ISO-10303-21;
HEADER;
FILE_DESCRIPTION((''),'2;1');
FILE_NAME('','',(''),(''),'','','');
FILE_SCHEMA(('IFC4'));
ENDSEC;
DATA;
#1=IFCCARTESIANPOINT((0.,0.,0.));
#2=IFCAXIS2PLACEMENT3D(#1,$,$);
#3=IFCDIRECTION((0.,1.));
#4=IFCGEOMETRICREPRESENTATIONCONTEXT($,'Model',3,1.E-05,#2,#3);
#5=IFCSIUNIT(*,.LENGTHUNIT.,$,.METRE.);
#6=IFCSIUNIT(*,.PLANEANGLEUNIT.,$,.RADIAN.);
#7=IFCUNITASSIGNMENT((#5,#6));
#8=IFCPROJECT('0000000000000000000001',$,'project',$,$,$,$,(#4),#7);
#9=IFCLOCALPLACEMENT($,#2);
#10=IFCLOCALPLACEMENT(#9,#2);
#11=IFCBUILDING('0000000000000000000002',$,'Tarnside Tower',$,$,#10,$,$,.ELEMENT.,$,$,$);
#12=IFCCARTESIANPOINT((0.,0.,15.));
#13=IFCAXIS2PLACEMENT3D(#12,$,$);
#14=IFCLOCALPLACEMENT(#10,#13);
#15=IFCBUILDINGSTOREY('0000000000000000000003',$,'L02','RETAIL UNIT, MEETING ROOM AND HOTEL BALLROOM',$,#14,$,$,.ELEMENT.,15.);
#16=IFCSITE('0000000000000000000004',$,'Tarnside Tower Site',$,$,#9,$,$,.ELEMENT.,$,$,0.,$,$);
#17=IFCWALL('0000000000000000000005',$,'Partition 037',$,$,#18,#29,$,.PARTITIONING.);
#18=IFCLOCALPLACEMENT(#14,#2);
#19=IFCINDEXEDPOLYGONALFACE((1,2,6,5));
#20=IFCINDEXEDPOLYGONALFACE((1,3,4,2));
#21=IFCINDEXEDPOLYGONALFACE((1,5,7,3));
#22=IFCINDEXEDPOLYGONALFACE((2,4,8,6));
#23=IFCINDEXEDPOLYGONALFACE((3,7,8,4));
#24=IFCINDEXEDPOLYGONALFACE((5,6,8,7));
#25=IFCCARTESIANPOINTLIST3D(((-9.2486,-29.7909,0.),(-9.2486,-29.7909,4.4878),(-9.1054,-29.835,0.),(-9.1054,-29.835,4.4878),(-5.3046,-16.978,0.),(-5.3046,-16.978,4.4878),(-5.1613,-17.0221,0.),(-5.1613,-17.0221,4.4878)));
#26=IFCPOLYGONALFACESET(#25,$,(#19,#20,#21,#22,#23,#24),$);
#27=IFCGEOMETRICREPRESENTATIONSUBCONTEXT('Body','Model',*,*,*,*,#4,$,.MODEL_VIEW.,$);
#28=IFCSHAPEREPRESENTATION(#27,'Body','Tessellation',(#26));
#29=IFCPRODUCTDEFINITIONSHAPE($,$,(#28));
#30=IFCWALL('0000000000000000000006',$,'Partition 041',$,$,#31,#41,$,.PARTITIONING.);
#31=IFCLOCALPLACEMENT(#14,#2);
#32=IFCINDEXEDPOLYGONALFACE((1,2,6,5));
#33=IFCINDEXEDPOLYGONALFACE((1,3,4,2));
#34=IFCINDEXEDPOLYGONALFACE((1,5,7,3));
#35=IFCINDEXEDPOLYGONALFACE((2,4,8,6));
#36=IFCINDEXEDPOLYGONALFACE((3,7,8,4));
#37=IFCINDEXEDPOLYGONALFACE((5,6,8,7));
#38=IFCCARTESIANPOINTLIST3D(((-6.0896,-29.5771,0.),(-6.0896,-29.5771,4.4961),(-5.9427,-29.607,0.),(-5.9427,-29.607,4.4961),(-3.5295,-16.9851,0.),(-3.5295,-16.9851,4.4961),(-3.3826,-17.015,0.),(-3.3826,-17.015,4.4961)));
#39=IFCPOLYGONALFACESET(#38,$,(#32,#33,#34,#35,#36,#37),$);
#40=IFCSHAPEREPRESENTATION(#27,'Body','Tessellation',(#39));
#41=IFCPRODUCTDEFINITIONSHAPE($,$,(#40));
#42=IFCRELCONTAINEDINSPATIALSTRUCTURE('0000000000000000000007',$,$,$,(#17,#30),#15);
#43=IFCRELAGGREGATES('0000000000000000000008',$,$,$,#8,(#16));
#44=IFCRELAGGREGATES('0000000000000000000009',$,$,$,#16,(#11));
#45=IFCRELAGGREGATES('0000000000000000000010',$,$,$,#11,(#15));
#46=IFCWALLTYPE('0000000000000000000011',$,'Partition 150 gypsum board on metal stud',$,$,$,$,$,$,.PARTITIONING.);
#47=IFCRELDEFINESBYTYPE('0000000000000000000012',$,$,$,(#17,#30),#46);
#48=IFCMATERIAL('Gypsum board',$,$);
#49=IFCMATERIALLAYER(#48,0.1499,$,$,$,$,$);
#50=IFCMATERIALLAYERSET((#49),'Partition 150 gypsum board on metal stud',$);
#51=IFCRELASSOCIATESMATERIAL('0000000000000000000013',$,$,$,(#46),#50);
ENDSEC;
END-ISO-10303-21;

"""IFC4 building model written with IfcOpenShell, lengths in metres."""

from ifc_helpers import new_model, si_unit, direction, frame, frame_2d, origin, place, context, subcontext, project, spatial, rectangle, extrude, material, layer, layer_set, type_object, element, save


model = new_model("IFC4")

# Units and contexts
model_context = context("Model", 3, precision=1e-05, world=origin(), true_north=direction((0.0, 1.0)))
body_context = subcontext(model_context, "Body", "Model", "MODEL_VIEW")
ifc_project = project(units=[si_unit("LENGTHUNIT", "METRE"), si_unit("PLANEANGLEUNIT", "RADIAN")], contexts=[model_context])

# Site, building, storey
site_placement = place(None, origin())
site = spatial("IfcSite", under=ifc_project, at=site_placement, Name="Tarnside Tower Site", CompositionType="ELEMENT", RefElevation=0.0)
building_placement = place(site_placement, origin())
building = spatial("IfcBuilding", under=site, at=building_placement, Name="Tarnside Tower", CompositionType="ELEMENT")
storey_placement = place(building_placement, frame((0.0, 0.0, 15.0)))
storey = spatial("IfcBuildingStorey", under=building, at=storey_placement, Name="L02", Description="RETAIL UNIT, MEETING ROOM AND HOTEL BALLROOM", CompositionType="ELEMENT", Elevation=15.0)

# Walls
ifc_material_1 = material(Name="Gypsum board")
ifc_layer_1 = layer(ifc_material_1, 0.1499)
ifc_layer_set_1 = layer_set([ifc_layer_1], Name="Partition 150 gypsum board on metal stud")
wall_type = type_object("IfcWallType", Name="Partition 150 gypsum board on metal stud", PredefinedType="PARTITIONING", material=ifc_layer_set_1)
wall_1_placement = place(storey_placement, frame((-9.177, -29.813, 0.0), z_axis=(0.0, 0.0, 1.0), x_axis=(0.294197, 0.955745, 0.0)))
element("IfcWall", 1, at=wall_1_placement, inside=storey, type_object=wall_type, Name="Partition 037", PredefinedType="PARTITIONING", context=body_context, shape_type="SweptSolid", body=[
    extrude(rectangle(XDim=13.4062, YDim=0.1499, at=frame_2d((6.7031, 0.0))), origin(), (0.0, 0.0, 1.0), 4.4878),
])
wall_2_placement = place(storey_placement, frame((-6.0161, -29.592, 0.0), z_axis=(0.0, 0.0, 1.0), x_axis=(0.199232, 0.979952, 0.0)))
element("IfcWall", 2, at=wall_2_placement, inside=storey, type_object=wall_type, Name="Partition 041", PredefinedType="PARTITIONING", context=body_context, shape_type="SweptSolid", body=[
    extrude(rectangle(XDim=12.8496, YDim=0.1499, at=frame_2d((6.4248, 0.0))), origin(), (0.0, 0.0, 1.0), 4.4961),
])

save(model, "model.ifc")
